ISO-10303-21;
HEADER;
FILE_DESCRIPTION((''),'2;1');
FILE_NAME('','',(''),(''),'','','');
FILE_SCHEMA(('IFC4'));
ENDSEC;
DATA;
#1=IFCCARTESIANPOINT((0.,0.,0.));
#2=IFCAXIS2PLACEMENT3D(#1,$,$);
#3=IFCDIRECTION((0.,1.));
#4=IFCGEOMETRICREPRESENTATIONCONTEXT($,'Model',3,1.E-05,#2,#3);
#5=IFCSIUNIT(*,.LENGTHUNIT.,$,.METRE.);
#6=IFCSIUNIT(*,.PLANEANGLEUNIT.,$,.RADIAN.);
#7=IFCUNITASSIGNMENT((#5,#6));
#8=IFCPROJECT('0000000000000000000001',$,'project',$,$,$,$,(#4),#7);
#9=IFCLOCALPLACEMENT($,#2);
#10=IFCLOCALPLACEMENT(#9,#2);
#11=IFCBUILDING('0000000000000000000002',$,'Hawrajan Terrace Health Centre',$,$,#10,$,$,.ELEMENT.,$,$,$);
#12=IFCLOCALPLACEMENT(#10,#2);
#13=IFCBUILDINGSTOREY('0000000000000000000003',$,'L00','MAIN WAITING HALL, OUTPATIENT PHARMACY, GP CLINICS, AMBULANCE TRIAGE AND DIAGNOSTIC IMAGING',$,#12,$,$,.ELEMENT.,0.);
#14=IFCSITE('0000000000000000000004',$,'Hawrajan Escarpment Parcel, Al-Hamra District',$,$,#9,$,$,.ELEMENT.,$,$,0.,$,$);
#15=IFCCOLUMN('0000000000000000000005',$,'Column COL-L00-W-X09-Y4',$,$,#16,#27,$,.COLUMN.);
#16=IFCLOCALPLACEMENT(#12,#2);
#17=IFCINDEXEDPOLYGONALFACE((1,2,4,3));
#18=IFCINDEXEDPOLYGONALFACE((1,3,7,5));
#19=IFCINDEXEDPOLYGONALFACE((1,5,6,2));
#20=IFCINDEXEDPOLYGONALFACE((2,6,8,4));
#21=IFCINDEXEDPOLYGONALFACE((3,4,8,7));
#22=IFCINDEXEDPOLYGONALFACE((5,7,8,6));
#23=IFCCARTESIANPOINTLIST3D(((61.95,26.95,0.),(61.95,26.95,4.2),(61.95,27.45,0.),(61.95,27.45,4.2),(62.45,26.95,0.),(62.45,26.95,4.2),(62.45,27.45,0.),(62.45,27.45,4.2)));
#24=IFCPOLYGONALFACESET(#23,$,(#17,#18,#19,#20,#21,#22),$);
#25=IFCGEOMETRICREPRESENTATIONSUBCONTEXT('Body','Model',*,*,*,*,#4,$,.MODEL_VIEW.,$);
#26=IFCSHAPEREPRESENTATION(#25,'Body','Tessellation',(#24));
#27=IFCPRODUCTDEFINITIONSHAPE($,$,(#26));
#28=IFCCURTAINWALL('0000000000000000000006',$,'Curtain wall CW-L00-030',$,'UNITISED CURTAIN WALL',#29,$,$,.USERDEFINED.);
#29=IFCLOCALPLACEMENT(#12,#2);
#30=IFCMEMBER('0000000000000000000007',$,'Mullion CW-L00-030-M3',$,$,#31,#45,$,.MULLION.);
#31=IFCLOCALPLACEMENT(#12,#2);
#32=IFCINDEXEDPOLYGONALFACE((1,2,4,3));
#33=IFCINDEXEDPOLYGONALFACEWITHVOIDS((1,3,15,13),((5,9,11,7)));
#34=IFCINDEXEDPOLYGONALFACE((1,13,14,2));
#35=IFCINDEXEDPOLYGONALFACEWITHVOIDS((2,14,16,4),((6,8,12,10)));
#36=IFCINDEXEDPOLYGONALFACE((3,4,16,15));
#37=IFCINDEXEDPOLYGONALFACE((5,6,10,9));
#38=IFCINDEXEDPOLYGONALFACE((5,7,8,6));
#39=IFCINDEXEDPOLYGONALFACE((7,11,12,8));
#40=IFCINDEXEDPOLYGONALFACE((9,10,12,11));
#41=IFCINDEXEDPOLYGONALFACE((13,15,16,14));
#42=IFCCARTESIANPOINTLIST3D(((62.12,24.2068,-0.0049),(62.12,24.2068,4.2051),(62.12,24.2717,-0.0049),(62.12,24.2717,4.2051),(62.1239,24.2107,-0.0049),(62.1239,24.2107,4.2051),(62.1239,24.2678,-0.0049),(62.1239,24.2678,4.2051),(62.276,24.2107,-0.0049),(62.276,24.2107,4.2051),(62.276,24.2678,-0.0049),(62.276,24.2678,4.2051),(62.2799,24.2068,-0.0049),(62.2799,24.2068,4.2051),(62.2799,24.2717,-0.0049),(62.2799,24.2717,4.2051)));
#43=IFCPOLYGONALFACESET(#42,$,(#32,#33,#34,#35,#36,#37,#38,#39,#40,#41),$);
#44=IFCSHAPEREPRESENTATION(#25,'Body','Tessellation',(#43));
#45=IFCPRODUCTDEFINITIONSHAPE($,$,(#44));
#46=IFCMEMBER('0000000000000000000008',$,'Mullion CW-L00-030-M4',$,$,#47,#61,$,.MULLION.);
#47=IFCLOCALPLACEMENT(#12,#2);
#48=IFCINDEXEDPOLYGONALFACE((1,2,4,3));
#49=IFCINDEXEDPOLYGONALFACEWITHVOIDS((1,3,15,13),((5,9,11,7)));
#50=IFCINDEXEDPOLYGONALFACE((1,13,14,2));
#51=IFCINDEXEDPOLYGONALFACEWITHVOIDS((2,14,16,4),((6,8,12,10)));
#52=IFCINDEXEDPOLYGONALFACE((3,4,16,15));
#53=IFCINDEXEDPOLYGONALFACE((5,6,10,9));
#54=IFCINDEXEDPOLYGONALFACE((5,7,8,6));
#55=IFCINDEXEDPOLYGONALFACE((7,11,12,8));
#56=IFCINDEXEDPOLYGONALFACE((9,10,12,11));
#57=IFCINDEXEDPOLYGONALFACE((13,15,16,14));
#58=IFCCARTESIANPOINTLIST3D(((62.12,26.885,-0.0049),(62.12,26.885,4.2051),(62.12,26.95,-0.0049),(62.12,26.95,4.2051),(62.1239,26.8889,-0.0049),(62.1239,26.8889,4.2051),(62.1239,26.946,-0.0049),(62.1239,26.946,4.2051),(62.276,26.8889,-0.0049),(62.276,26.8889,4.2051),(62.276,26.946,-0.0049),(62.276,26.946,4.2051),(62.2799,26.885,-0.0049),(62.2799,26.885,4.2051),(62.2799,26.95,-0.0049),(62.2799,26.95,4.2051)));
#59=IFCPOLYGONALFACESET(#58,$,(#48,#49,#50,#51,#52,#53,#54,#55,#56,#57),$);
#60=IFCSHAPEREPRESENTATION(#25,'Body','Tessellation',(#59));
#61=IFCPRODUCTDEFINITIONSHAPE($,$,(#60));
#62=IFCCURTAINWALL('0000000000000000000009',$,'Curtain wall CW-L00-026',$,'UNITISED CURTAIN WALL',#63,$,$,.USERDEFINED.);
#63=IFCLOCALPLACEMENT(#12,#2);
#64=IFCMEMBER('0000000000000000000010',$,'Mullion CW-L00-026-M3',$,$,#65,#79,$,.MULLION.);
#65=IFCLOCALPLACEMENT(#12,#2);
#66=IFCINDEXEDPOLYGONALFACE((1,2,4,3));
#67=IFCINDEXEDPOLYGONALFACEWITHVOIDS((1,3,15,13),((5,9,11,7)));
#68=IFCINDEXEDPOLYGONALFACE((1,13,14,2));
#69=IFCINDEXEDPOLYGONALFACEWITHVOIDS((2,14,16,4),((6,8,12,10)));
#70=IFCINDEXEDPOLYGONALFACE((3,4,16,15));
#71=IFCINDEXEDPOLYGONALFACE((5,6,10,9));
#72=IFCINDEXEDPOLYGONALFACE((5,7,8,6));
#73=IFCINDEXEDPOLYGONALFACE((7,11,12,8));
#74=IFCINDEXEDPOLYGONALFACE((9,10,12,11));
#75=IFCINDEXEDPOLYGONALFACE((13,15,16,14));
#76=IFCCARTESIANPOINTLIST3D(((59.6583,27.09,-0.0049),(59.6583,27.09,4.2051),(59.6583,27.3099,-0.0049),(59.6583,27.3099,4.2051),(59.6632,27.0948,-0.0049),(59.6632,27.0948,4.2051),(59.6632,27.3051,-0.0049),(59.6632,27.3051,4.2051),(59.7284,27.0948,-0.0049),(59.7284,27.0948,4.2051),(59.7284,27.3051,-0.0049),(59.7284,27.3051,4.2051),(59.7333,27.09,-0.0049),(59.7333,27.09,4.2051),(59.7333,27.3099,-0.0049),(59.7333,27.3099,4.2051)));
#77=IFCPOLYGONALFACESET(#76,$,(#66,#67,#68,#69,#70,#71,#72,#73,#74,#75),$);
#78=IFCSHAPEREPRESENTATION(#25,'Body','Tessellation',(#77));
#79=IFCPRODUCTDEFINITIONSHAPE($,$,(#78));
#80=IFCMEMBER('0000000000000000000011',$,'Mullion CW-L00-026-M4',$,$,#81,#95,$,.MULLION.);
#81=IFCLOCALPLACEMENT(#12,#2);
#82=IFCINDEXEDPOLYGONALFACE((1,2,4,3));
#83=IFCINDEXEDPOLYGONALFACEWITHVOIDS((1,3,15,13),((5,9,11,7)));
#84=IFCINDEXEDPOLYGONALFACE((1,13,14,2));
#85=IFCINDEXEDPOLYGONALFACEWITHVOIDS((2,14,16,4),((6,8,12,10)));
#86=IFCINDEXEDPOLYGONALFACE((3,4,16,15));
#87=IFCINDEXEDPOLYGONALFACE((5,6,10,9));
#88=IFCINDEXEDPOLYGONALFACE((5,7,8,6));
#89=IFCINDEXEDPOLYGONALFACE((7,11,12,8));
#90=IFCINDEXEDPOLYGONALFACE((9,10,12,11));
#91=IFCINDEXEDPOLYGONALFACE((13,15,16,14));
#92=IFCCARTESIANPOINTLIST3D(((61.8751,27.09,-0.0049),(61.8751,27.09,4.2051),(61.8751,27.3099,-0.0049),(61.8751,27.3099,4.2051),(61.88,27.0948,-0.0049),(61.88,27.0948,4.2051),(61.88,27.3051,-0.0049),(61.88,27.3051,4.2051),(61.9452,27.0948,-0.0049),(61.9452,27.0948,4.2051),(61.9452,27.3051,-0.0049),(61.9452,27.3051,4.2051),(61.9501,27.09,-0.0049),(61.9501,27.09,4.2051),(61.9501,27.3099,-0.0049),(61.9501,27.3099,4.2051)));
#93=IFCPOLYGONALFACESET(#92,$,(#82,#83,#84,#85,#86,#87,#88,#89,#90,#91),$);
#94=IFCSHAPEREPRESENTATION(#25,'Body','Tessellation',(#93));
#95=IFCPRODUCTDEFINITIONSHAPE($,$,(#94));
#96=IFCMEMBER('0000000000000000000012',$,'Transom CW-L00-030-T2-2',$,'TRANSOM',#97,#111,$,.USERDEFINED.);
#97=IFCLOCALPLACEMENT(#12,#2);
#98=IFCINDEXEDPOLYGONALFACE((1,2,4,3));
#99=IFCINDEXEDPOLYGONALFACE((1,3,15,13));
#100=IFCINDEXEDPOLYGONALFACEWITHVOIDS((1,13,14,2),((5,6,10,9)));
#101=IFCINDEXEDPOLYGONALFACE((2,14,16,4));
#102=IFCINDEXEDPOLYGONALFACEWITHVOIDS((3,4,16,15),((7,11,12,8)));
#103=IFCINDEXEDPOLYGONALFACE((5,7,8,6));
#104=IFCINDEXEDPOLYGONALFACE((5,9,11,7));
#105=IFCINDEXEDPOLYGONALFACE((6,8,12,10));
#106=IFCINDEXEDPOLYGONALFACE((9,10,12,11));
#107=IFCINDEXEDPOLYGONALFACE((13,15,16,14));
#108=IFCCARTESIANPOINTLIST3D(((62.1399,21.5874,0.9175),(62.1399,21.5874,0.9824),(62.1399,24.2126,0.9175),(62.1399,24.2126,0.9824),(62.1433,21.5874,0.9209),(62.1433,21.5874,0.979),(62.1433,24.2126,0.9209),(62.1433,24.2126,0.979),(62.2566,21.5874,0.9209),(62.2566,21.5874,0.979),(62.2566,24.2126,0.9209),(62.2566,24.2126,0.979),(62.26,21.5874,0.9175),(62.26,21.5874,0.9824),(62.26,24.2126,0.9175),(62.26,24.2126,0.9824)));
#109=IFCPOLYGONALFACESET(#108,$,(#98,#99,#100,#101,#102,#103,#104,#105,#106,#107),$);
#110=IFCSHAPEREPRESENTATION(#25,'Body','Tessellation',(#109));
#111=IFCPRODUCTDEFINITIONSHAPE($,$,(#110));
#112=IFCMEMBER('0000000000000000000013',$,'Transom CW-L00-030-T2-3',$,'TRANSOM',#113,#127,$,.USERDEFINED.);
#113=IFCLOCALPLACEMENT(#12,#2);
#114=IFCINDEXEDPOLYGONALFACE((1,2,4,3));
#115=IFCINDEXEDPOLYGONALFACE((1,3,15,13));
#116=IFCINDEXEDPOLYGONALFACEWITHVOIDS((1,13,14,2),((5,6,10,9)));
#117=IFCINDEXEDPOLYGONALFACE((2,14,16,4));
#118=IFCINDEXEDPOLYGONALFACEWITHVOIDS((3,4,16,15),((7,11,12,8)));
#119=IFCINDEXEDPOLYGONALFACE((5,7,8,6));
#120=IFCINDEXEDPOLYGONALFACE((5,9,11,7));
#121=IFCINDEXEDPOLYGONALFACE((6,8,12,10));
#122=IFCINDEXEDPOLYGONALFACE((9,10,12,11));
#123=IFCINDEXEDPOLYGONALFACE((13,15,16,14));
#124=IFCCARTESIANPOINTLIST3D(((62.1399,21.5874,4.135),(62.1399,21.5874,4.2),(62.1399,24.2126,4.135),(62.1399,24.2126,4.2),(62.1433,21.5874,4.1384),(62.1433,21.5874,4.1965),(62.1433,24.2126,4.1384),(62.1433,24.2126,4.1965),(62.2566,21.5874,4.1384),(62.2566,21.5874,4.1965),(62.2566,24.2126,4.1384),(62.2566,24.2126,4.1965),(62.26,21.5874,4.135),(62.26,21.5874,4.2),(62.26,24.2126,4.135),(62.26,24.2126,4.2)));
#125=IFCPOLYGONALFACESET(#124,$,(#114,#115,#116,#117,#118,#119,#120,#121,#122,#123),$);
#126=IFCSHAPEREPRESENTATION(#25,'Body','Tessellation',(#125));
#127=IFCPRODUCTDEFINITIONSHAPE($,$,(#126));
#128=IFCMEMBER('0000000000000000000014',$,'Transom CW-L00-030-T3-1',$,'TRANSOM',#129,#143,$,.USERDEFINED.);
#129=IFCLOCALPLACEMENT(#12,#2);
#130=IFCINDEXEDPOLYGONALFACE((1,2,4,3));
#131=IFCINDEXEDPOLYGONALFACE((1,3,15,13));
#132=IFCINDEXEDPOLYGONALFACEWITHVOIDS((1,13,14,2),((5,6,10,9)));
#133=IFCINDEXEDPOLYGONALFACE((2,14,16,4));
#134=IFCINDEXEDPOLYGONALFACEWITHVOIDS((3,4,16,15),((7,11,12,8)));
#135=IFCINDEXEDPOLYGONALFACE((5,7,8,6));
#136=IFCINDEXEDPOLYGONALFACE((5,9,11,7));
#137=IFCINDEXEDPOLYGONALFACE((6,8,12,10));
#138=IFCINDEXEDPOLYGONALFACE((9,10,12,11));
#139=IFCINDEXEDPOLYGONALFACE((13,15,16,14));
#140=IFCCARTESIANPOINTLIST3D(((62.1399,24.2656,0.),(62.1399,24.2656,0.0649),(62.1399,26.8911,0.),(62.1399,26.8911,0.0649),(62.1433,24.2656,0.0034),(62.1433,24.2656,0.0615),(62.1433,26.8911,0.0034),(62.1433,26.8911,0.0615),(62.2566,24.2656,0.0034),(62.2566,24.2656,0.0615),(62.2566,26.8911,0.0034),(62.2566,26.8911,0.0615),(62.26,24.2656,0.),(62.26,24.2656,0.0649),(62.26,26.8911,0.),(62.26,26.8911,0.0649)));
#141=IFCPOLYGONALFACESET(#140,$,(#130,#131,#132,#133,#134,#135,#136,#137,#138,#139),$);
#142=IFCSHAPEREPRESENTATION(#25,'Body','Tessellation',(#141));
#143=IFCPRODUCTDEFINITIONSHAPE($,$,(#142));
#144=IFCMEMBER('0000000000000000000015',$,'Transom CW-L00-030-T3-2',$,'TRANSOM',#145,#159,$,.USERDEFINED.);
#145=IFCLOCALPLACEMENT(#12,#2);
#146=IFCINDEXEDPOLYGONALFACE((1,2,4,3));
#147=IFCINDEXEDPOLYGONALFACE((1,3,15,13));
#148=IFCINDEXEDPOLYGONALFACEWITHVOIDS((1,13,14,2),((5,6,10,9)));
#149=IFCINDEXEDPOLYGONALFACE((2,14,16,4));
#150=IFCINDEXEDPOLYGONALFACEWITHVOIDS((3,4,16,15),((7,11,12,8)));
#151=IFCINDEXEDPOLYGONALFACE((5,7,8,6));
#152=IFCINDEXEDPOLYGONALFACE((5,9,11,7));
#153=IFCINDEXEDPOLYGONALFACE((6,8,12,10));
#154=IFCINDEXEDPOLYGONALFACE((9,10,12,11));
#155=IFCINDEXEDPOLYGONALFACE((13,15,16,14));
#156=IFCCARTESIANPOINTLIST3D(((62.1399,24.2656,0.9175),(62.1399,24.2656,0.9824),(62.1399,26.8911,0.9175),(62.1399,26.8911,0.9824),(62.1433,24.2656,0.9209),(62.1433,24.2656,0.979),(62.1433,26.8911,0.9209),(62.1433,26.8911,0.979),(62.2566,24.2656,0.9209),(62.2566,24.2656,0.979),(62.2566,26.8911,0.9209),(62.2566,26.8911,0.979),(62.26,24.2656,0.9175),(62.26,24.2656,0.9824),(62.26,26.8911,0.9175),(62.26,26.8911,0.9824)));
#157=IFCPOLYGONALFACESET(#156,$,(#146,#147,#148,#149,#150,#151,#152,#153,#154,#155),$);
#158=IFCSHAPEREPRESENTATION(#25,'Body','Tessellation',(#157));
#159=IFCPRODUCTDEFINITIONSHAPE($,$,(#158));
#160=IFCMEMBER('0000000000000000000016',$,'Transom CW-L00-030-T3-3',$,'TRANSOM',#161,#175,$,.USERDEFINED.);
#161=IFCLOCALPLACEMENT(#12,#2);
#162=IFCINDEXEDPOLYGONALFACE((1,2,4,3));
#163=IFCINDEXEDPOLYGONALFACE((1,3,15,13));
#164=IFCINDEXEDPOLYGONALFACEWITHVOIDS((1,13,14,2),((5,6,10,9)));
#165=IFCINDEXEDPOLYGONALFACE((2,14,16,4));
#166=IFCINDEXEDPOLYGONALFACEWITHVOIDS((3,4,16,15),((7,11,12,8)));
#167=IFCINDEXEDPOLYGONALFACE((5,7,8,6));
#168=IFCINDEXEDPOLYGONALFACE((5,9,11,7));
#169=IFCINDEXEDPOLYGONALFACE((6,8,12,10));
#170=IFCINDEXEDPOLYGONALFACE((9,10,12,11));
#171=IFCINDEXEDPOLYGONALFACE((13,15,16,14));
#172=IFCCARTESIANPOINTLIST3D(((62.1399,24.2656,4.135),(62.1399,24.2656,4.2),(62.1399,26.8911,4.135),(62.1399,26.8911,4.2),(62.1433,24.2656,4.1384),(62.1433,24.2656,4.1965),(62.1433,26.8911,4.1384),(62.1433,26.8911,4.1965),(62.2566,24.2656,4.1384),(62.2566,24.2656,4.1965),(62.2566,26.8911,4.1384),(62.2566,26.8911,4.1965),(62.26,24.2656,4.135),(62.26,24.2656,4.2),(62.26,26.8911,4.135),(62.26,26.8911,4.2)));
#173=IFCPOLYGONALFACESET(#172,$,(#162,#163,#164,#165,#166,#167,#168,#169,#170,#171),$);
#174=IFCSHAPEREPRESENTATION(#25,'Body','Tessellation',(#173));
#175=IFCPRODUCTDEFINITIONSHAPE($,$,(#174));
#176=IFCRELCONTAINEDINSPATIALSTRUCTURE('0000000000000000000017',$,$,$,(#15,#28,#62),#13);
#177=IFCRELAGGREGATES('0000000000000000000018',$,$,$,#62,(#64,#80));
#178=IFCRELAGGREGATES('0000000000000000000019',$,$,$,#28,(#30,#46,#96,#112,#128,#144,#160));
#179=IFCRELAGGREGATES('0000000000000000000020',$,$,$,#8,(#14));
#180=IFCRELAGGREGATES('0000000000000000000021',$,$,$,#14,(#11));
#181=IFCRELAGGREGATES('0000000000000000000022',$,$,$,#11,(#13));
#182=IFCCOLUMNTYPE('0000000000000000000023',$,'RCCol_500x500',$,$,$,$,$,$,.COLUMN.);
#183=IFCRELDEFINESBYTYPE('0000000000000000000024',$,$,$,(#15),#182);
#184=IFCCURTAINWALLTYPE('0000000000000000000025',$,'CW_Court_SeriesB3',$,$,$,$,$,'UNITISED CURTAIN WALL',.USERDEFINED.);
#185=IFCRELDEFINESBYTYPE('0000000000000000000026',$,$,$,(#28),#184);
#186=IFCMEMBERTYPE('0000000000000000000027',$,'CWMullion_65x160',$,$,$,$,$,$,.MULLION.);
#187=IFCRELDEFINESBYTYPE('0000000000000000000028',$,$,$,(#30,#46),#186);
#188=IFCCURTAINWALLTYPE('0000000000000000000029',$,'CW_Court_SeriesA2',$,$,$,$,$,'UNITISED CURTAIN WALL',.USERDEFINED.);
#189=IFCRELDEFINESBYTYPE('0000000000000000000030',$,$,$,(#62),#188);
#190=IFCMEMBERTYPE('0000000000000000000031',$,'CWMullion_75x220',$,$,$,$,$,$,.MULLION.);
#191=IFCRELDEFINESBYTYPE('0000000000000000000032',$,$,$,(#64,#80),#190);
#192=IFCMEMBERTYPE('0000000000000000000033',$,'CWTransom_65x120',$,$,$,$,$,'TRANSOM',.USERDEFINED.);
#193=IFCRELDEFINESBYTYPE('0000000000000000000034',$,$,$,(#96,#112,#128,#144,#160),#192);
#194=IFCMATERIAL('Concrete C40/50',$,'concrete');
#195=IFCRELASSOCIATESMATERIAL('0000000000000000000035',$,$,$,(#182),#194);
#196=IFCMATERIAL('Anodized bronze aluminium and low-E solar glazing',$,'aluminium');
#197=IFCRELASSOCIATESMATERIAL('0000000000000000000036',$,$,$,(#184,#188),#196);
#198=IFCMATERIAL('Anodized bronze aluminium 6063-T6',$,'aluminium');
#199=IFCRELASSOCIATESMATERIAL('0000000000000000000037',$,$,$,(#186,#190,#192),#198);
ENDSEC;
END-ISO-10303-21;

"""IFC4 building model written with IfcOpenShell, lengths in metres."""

from ifc_helpers import new_model, si_unit, direction, frame, origin, origin_2d, place, context, subcontext, project, spatial, rectangle, hollow_rectangle, extrude, material, material_profile, profile_set, type_object, element, aggregate, save


model = new_model("IFC4")

# Units and contexts
model_context = context("Model", 3, precision=1e-05, world=origin(), true_north=direction((0.0, 1.0)))
body_context = subcontext(model_context, "Body", "Model", "MODEL_VIEW")
ifc_project = project(units=[si_unit("LENGTHUNIT", "METRE"), si_unit("PLANEANGLEUNIT", "RADIAN")], contexts=[model_context])

# Site, building, storey
site_placement = place(None, origin())
site = spatial("IfcSite", under=ifc_project, at=site_placement, Name="Hawrajan Escarpment Parcel, Al-Hamra District", CompositionType="ELEMENT", RefElevation=0.0)
building_placement = place(site_placement, origin())
building = spatial("IfcBuilding", under=site, at=building_placement, Name="Hawrajan Terrace Health Centre", CompositionType="ELEMENT")
storey_placement = place(building_placement, origin())
storey = spatial("IfcBuildingStorey", under=building, at=storey_placement, Name="L00", Description="MAIN WAITING HALL, OUTPATIENT PHARMACY, GP CLINICS, AMBULANCE TRIAGE AND DIAGNOSTIC IMAGING", CompositionType="ELEMENT", Elevation=0.0)

# Column
ifc_material_1 = material(Name="Concrete C40/50", Category="concrete")
ifc_material_profile_1 = material_profile(ifc_material_1, rectangle(XDim=0.5, YDim=0.5, at=origin_2d()), Name="RC 500x500")
ifc_profile_set_1 = profile_set([ifc_material_profile_1], Name="Concrete C40/50")
column_type = type_object("IfcColumnType", Name="RCCol_500x500", PredefinedType="COLUMN", material=ifc_profile_set_1)
column_placement = place(storey_placement, frame((62.2, 27.2, 0.0), z_axis=(0.0, 0.0, 1.0), x_axis=(1.0, 0.0, 0.0)))
element("IfcColumn", 1, at=column_placement, inside=storey, type_object=column_type, Name="Column COL-L00-W-X09-Y4", PredefinedType="COLUMN", context=body_context, shape_type="SweptSolid", body=[
    extrude(rectangle(XDim=0.5, YDim=0.5, at=origin_2d()), origin(), (0.0, 0.0, 1.0), 4.2),
])

# Curtain walls, members
ifc_material_2 = material(Name="Anodized bronze aluminium and low-E solar glazing", Category="aluminium")
curtain_wall_type_1 = type_object("IfcCurtainWallType", Name="CW_Court_SeriesB3", ElementType="UNITISED CURTAIN WALL", PredefinedType="USERDEFINED", material=ifc_material_2)
curtain_wall_1_placement = place(storey_placement, origin())
curtain_wall_1 = element("IfcCurtainWall", 2, at=curtain_wall_1_placement, inside=storey, type_object=curtain_wall_type_1, Name="Curtain wall CW-L00-030", ObjectType="UNITISED CURTAIN WALL", PredefinedType="USERDEFINED")
ifc_material_3 = material(Name="Anodized bronze aluminium 6063-T6", Category="aluminium")
ifc_material_profile_2 = material_profile(ifc_material_3, hollow_rectangle(XDim=0.0649, YDim=0.1599, WallThickness=0.0039, at=origin_2d()), Name="CW MUL 65x160")
ifc_profile_set_2 = profile_set([ifc_material_profile_2], Name="Anodized bronze aluminium 6063-T6")
member_type_1 = type_object("IfcMemberType", Name="CWMullion_65x160", PredefinedType="MULLION", material=ifc_profile_set_2)
member_1_placement = place(storey_placement, frame((62.2, 24.2393, -0.0049), z_axis=(0.0, 0.0, 1.0), x_axis=(0.0, 1.0, 0.0)))
member_1 = element("IfcMember", 3, at=member_1_placement, type_object=member_type_1, Name="Mullion CW-L00-030-M3", PredefinedType="MULLION", context=body_context, shape_type="SweptSolid", body=[
    extrude(hollow_rectangle(XDim=0.0649, YDim=0.1599, WallThickness=0.0039, at=origin_2d()), origin(), (0.0, 0.0, 1.0), 4.21),
])
member_2_placement = place(storey_placement, frame((62.2, 26.9175, -0.0049), z_axis=(0.0, 0.0, 1.0), x_axis=(0.0, 1.0, 0.0)))
member_2 = element("IfcMember", 4, at=member_2_placement, type_object=member_type_1, Name="Mullion CW-L00-030-M4", PredefinedType="MULLION", context=body_context, shape_type="SweptSolid", body=[
    extrude(hollow_rectangle(XDim=0.0649, YDim=0.1599, WallThickness=0.0039, at=origin_2d()), origin(), (0.0, 0.0, 1.0), 4.21),
])
curtain_wall_type_2 = type_object("IfcCurtainWallType", Name="CW_Court_SeriesA2", ElementType="UNITISED CURTAIN WALL", PredefinedType="USERDEFINED", material=ifc_material_2)
curtain_wall_2_placement = place(storey_placement, origin())
curtain_wall_2 = element("IfcCurtainWall", 5, at=curtain_wall_2_placement, inside=storey, type_object=curtain_wall_type_2, Name="Curtain wall CW-L00-026", ObjectType="UNITISED CURTAIN WALL", PredefinedType="USERDEFINED")
ifc_material_profile_3 = material_profile(ifc_material_3, hollow_rectangle(XDim=0.075, YDim=0.22, WallThickness=0.0049, at=origin_2d()), Name="CW MUL 75x220")
ifc_profile_set_3 = profile_set([ifc_material_profile_3], Name="Anodized bronze aluminium 6063-T6")
member_type_2 = type_object("IfcMemberType", Name="CWMullion_75x220", PredefinedType="MULLION", material=ifc_profile_set_3)
member_3_placement = place(storey_placement, frame((59.6958, 27.2, -0.0049), z_axis=(0.0, 0.0, 1.0), x_axis=(1.0, 0.0, 0.0)))
member_3 = element("IfcMember", 6, at=member_3_placement, type_object=member_type_2, Name="Mullion CW-L00-026-M3", PredefinedType="MULLION", context=body_context, shape_type="SweptSolid", body=[
    extrude(hollow_rectangle(XDim=0.075, YDim=0.22, WallThickness=0.0049, at=origin_2d()), origin(), (0.0, 0.0, 1.0), 4.21),
])
member_4_placement = place(storey_placement, frame((61.9126, 27.2, -0.0049), z_axis=(0.0, 0.0, 1.0), x_axis=(1.0, 0.0, 0.0)))
member_4 = element("IfcMember", 7, at=member_4_placement, type_object=member_type_2, Name="Mullion CW-L00-026-M4", PredefinedType="MULLION", context=body_context, shape_type="SweptSolid", body=[
    extrude(hollow_rectangle(XDim=0.075, YDim=0.22, WallThickness=0.0049, at=origin_2d()), origin(), (0.0, 0.0, 1.0), 4.21),
])

# Members
ifc_material_profile_4 = material_profile(ifc_material_3, hollow_rectangle(XDim=0.0649, YDim=0.1201, WallThickness=0.0034, at=origin_2d()), Name="CW TRN 65x120")
ifc_profile_set_4 = profile_set([ifc_material_profile_4], Name="Anodized bronze aluminium 6063-T6")
member_type_3 = type_object("IfcMemberType", Name="CWTransom_65x120", ElementType="TRANSOM", PredefinedType="USERDEFINED", material=ifc_profile_set_4)
member_5_placement = place(storey_placement, frame((62.2, 21.5874, 0.95), z_axis=(0.0, 1.0, 0.0), x_axis=(0.0, 0.0, 1.0)))
member_5 = element("IfcMember", 8, at=member_5_placement, type_object=member_type_3, Name="Transom CW-L00-030-T2-2", ObjectType="TRANSOM", PredefinedType="USERDEFINED", context=body_context, shape_type="SweptSolid", body=[
    extrude(hollow_rectangle(XDim=0.0649, YDim=0.1201, WallThickness=0.0034, at=origin_2d()), origin(), (0.0, 0.0, 1.0), 2.6252),
])
member_6_placement = place(storey_placement, frame((62.2, 21.5874, 4.1675), z_axis=(0.0, 1.0, 0.0), x_axis=(0.0, 0.0, 1.0)))
member_6 = element("IfcMember", 9, at=member_6_placement, type_object=member_type_3, Name="Transom CW-L00-030-T2-3", ObjectType="TRANSOM", PredefinedType="USERDEFINED", context=body_context, shape_type="SweptSolid", body=[
    extrude(hollow_rectangle(XDim=0.0649, YDim=0.1201, WallThickness=0.0034, at=origin_2d()), origin(), (0.0, 0.0, 1.0), 2.6252),
])
member_7_placement = place(storey_placement, frame((62.2, 24.2656, 0.0325), z_axis=(0.0, 1.0, 0.0), x_axis=(0.0, 0.0, 1.0)))
member_7 = element("IfcMember", 10, at=member_7_placement, type_object=member_type_3, Name="Transom CW-L00-030-T3-1", ObjectType="TRANSOM", PredefinedType="USERDEFINED", context=body_context, shape_type="SweptSolid", body=[
    extrude(hollow_rectangle(XDim=0.0649, YDim=0.1201, WallThickness=0.0034, at=origin_2d()), origin(), (0.0, 0.0, 1.0), 2.6255),
])
member_8_placement = place(storey_placement, frame((62.2, 24.2656, 0.95), z_axis=(0.0, 1.0, 0.0), x_axis=(0.0, 0.0, 1.0)))
member_8 = element("IfcMember", 11, at=member_8_placement, type_object=member_type_3, Name="Transom CW-L00-030-T3-2", ObjectType="TRANSOM", PredefinedType="USERDEFINED", context=body_context, shape_type="SweptSolid", body=[
    extrude(hollow_rectangle(XDim=0.0649, YDim=0.1201, WallThickness=0.0034, at=origin_2d()), origin(), (0.0, 0.0, 1.0), 2.6255),
])
member_9_placement = place(storey_placement, frame((62.2, 24.2656, 4.1675), z_axis=(0.0, 1.0, 0.0), x_axis=(0.0, 0.0, 1.0)))
member_9 = element("IfcMember", 12, at=member_9_placement, type_object=member_type_3, Name="Transom CW-L00-030-T3-3", ObjectType="TRANSOM", PredefinedType="USERDEFINED", context=body_context, shape_type="SweptSolid", body=[
    extrude(hollow_rectangle(XDim=0.0649, YDim=0.1201, WallThickness=0.0034, at=origin_2d()), origin(), (0.0, 0.0, 1.0), 2.6255),
])

aggregate(curtain_wall_2, [member_3, member_4])
aggregate(curtain_wall_1, [member_1, member_2, member_5, member_6, member_7, member_8, member_9])

save(model, "model.ifc")
